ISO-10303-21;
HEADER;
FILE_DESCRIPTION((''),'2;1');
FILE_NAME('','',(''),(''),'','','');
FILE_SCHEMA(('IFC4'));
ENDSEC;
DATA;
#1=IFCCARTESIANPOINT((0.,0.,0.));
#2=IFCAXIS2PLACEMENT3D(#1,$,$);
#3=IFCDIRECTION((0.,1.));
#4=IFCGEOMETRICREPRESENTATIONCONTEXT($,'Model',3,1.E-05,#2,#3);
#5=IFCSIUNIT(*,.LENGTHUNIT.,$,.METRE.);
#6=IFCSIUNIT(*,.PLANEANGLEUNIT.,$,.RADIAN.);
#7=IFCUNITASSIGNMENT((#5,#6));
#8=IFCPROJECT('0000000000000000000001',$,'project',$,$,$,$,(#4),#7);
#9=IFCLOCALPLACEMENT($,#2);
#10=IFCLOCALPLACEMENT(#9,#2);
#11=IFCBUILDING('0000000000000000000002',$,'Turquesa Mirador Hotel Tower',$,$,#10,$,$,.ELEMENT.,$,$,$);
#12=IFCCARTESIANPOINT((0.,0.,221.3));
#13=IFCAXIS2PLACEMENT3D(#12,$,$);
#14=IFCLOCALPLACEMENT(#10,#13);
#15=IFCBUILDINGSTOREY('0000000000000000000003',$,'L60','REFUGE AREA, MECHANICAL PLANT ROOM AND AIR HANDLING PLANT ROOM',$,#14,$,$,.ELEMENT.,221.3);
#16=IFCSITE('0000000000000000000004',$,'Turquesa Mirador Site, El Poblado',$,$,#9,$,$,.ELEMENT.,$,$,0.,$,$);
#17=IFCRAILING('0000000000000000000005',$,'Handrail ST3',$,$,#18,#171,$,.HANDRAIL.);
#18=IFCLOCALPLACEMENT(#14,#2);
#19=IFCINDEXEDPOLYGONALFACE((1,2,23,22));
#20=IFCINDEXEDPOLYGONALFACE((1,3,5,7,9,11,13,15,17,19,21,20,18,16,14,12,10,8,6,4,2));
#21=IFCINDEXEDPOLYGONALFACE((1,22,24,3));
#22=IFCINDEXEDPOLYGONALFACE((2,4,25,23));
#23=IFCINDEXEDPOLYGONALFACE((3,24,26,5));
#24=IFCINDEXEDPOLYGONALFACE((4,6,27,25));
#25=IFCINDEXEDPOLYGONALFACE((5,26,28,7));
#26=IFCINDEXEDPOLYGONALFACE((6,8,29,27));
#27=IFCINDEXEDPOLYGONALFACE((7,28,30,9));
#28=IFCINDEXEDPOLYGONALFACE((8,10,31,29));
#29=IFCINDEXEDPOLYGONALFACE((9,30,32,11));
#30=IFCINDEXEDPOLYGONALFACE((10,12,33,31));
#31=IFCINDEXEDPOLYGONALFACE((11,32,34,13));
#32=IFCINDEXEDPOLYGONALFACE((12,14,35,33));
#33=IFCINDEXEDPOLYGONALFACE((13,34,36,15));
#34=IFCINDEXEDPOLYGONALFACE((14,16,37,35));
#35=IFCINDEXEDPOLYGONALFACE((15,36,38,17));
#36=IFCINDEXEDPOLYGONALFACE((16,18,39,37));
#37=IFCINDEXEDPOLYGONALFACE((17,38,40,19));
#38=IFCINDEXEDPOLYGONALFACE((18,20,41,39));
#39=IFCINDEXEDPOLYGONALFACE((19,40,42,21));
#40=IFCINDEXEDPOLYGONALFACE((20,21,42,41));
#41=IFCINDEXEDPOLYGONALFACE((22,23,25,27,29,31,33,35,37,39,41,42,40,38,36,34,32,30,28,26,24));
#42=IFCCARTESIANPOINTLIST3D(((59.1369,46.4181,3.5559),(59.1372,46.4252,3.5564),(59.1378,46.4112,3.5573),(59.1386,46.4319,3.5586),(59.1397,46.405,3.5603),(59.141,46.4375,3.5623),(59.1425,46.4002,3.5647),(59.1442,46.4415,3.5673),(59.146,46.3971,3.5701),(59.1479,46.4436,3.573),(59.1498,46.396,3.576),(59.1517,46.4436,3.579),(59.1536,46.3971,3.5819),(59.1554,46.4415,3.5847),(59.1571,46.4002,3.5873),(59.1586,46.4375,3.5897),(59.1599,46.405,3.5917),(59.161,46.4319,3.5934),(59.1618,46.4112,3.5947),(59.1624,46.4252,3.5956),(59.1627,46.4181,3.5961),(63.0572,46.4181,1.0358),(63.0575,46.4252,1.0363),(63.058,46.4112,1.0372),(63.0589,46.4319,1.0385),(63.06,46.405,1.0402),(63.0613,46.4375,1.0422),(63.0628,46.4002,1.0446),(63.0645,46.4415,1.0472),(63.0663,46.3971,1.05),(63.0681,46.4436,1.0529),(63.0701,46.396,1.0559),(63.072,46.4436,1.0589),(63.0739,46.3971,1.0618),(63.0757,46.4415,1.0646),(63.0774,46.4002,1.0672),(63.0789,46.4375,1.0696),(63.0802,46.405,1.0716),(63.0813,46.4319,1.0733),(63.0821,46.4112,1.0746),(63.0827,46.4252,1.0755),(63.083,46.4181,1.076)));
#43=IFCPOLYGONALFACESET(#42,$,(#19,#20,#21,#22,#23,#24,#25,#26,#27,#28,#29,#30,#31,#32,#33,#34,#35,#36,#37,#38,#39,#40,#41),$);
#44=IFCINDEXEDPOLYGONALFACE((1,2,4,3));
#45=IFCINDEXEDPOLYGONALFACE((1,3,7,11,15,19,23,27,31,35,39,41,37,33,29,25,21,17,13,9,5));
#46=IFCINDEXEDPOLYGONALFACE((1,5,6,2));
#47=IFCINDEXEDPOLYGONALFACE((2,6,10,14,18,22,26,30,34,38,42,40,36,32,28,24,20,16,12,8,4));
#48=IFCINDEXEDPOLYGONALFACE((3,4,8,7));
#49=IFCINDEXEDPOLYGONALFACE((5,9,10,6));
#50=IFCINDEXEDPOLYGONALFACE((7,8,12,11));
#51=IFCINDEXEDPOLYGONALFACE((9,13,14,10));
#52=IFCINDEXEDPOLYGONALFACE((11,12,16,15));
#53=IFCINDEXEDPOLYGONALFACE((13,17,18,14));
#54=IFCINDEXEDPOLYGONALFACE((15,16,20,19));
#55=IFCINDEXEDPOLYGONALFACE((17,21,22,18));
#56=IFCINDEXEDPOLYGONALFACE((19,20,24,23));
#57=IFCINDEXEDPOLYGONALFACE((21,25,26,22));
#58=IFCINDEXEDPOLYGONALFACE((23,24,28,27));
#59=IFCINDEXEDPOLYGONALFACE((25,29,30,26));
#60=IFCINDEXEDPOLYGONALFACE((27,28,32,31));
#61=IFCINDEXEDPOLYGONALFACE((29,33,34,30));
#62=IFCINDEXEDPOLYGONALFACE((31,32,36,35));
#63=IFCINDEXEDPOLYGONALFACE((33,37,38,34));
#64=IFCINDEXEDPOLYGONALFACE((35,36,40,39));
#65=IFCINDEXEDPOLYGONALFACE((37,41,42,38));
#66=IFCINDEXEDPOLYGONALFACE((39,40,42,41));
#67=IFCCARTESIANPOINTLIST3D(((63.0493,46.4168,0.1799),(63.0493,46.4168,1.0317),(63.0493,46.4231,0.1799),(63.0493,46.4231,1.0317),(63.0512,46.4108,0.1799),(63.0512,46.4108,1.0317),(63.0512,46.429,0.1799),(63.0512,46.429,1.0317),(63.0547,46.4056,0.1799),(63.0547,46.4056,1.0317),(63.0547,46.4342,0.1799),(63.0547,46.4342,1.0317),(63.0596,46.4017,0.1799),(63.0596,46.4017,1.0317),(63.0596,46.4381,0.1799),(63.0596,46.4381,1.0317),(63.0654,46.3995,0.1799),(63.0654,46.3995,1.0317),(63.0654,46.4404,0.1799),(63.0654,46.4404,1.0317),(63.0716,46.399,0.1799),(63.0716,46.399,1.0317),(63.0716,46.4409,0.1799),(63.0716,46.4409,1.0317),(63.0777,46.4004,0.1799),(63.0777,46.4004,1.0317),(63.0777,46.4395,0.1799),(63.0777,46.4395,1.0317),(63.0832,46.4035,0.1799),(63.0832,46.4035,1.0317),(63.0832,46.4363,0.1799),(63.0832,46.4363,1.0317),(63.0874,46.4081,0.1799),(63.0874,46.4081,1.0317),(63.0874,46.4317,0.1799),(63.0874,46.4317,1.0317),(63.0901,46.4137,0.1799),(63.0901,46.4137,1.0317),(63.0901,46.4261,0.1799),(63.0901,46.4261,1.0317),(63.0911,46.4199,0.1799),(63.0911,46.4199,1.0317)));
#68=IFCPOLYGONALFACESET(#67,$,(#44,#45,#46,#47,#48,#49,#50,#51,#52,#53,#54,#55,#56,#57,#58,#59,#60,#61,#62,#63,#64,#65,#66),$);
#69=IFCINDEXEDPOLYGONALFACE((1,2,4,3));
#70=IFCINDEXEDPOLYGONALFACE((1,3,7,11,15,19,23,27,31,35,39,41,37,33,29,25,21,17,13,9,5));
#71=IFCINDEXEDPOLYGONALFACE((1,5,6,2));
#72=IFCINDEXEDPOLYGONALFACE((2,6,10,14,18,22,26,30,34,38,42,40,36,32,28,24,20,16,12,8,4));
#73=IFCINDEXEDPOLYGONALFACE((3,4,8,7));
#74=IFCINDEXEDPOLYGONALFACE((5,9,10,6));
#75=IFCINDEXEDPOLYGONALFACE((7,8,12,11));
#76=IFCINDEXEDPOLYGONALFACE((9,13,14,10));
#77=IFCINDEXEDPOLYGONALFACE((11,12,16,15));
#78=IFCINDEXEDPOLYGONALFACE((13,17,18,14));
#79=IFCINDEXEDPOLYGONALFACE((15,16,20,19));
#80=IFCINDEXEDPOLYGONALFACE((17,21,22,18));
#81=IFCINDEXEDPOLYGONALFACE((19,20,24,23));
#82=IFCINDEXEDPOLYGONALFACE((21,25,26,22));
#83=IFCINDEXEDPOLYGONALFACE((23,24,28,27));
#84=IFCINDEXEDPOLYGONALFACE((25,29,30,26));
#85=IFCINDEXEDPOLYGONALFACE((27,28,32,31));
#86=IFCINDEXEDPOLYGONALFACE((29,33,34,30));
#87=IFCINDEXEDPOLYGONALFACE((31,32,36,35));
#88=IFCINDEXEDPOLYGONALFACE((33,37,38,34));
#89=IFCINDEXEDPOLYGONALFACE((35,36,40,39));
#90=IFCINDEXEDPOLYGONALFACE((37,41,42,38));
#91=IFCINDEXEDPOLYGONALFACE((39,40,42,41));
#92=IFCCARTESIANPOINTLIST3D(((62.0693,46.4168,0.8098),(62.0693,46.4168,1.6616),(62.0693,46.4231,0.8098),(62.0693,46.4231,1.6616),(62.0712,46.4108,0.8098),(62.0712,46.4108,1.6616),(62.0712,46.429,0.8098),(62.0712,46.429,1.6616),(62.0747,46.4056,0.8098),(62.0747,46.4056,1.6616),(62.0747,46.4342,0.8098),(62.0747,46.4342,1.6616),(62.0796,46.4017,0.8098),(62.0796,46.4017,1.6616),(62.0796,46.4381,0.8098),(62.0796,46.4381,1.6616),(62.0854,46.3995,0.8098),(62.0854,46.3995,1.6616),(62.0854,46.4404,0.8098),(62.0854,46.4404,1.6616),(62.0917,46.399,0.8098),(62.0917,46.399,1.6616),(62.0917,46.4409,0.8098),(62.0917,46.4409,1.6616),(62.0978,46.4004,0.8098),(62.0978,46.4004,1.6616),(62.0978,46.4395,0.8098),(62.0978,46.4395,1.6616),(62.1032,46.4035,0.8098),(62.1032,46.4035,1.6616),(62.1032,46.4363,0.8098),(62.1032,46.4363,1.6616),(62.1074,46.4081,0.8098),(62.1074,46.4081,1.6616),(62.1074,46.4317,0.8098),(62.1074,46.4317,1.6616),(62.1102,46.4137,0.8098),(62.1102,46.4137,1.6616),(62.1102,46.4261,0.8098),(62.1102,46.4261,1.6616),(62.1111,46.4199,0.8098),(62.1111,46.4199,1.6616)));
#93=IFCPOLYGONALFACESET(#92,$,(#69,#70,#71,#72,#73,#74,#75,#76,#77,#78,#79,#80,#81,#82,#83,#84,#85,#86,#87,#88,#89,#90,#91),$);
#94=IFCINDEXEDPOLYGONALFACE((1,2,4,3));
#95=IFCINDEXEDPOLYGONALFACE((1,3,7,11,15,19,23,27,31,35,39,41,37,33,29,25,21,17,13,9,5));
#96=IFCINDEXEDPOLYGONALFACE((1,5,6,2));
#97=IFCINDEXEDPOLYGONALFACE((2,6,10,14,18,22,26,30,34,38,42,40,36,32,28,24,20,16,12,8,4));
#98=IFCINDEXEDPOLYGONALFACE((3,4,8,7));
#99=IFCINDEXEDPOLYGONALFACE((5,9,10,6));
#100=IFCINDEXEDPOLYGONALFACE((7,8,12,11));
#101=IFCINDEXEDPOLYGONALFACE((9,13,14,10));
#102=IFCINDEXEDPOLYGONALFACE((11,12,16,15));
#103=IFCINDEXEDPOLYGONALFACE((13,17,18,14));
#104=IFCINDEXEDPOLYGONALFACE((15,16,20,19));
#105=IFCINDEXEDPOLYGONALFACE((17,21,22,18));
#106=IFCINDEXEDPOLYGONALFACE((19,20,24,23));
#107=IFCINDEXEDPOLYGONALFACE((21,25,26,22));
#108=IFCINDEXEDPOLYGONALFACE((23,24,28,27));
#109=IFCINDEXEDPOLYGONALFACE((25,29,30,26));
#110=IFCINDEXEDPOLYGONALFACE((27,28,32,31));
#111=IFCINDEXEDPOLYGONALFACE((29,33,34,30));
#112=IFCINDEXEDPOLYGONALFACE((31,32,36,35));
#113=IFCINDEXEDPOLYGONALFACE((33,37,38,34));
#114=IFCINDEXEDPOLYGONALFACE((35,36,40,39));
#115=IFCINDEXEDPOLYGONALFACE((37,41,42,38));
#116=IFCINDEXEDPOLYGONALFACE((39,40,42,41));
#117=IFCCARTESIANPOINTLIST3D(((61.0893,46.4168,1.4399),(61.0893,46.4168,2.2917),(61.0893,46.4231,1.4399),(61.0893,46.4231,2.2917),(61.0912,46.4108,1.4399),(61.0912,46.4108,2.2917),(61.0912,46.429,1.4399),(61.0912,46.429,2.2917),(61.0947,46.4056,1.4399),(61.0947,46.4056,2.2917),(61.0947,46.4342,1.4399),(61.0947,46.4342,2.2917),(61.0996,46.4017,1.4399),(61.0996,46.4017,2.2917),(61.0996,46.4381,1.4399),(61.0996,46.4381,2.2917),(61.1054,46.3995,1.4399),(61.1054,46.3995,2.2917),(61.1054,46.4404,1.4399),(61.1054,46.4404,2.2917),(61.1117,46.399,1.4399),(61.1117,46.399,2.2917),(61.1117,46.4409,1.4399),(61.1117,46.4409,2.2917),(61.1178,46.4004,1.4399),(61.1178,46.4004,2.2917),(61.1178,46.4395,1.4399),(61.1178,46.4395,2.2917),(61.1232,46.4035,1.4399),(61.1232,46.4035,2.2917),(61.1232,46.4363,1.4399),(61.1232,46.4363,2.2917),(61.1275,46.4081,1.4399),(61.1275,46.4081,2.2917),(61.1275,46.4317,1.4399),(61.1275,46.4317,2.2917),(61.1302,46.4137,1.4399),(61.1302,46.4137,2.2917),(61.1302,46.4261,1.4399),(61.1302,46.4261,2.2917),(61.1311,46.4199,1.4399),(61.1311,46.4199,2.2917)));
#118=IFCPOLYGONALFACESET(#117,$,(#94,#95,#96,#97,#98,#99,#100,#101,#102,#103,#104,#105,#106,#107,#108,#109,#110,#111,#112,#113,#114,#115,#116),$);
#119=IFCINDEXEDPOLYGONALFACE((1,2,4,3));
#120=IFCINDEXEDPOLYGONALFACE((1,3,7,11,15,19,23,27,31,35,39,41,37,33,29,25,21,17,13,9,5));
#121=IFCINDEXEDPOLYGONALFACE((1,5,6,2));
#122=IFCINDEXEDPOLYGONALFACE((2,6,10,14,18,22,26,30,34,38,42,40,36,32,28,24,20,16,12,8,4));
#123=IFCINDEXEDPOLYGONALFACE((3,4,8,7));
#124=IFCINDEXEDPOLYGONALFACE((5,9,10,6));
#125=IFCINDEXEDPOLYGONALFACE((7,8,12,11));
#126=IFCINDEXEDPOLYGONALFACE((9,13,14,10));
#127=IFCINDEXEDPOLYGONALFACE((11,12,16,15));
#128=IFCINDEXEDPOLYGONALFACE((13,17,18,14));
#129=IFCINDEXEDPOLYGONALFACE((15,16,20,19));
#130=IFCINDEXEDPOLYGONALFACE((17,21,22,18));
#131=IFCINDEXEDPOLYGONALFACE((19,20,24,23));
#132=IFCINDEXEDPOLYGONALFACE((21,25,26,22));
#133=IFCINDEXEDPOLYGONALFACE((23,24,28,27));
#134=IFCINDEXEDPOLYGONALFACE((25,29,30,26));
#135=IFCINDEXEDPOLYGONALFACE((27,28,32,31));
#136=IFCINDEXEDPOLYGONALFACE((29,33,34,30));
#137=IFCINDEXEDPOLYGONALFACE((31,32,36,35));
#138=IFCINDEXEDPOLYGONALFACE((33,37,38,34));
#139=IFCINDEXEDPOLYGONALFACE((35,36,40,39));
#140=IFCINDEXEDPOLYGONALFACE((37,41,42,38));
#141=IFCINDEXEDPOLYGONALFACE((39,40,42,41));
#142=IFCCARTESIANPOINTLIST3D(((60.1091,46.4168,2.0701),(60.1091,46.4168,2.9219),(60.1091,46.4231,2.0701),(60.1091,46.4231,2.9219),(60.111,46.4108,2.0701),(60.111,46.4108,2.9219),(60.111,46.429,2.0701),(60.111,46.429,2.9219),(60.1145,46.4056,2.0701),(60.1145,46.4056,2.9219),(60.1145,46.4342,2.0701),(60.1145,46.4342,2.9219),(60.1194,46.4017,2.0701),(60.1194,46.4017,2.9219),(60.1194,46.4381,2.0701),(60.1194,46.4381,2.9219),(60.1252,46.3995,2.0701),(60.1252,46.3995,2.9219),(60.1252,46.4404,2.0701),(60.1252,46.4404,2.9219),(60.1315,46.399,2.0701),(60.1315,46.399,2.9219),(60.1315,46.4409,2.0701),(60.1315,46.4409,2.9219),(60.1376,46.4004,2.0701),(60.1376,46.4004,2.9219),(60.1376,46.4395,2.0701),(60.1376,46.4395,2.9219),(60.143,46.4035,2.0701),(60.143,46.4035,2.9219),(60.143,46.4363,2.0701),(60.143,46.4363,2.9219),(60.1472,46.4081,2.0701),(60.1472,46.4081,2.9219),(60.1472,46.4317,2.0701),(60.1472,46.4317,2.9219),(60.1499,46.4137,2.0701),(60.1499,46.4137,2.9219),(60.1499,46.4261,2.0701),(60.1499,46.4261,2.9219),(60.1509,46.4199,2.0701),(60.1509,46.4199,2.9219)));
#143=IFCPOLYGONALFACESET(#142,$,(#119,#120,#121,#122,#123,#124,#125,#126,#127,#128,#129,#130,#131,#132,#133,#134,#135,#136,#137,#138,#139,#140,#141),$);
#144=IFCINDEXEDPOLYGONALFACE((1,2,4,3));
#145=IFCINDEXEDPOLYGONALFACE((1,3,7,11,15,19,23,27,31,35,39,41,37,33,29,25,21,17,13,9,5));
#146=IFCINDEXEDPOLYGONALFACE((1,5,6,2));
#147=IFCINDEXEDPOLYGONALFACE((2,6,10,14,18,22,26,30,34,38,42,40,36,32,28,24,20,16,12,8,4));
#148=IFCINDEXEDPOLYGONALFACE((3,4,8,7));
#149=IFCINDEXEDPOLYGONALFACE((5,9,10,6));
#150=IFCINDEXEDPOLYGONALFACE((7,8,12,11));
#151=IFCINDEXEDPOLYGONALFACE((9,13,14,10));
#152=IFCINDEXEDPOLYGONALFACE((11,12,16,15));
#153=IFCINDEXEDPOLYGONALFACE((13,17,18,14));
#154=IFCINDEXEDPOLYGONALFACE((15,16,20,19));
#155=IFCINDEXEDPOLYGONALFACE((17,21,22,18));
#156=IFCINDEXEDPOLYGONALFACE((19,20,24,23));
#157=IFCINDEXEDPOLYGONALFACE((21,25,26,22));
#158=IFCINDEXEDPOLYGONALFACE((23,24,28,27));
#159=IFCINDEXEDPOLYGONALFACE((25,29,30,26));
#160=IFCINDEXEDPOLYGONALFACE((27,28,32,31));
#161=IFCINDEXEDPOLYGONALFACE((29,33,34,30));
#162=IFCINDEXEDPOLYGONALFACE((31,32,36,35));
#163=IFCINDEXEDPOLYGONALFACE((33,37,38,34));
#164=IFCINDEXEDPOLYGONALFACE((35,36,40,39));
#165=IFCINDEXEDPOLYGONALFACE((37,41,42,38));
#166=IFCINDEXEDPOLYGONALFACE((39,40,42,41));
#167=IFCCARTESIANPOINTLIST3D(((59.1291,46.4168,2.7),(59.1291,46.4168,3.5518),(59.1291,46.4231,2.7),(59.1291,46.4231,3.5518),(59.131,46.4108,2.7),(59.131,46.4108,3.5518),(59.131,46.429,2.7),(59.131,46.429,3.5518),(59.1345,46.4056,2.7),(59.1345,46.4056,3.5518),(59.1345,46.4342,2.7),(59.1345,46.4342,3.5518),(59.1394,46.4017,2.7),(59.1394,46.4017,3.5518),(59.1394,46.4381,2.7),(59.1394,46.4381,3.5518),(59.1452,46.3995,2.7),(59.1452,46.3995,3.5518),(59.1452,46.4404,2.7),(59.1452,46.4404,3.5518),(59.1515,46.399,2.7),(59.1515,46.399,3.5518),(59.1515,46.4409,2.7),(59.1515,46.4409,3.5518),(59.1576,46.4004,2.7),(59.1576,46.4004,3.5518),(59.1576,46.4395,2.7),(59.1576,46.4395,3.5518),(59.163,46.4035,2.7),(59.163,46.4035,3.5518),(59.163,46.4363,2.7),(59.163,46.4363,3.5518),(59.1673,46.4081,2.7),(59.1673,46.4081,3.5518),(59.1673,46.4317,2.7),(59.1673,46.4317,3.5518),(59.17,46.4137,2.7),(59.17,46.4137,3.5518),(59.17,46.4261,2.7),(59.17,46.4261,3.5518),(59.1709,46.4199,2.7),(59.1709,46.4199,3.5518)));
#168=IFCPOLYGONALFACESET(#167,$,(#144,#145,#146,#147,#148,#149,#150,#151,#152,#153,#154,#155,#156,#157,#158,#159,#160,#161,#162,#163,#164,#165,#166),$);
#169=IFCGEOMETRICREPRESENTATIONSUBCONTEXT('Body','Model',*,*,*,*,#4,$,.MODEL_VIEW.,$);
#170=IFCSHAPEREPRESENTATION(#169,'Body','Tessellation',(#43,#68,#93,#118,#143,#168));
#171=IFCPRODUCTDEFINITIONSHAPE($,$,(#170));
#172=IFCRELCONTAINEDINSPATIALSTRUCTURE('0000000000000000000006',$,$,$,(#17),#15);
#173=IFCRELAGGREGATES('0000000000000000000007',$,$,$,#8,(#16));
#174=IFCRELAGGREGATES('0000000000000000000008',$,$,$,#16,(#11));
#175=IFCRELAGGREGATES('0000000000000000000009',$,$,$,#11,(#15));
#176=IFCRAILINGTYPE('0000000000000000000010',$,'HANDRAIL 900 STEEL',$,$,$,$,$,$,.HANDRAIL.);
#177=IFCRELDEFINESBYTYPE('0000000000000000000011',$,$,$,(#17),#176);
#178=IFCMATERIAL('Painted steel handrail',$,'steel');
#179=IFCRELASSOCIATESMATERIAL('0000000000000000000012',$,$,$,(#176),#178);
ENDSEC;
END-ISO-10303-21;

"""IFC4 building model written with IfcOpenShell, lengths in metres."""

from ifc_helpers import new_model, si_unit, direction, frame, origin, origin_2d, place, context, subcontext, project, spatial, circle, extrude, material, type_object, element, save


model = new_model("IFC4")

# Units and contexts
model_context = context("Model", 3, precision=1e-05, world=origin(), true_north=direction((0.0, 1.0)))
body_context = subcontext(model_context, "Body", "Model", "MODEL_VIEW")
ifc_project = project(units=[si_unit("LENGTHUNIT", "METRE"), si_unit("PLANEANGLEUNIT", "RADIAN")], contexts=[model_context])

# Site, building, storey
site_placement = place(None, origin())
site = spatial("IfcSite", under=ifc_project, at=site_placement, Name="Turquesa Mirador Site, El Poblado", CompositionType="ELEMENT", RefElevation=0.0)
building_placement = place(site_placement, origin())
building = spatial("IfcBuilding", under=site, at=building_placement, Name="Turquesa Mirador Hotel Tower", CompositionType="ELEMENT")
storey_placement = place(building_placement, frame((0.0, 0.0, 221.3)))
storey = spatial("IfcBuildingStorey", under=building, at=storey_placement, Name="L60", Description="REFUGE AREA, MECHANICAL PLANT ROOM AND AIR HANDLING PLANT ROOM", CompositionType="ELEMENT", Elevation=221.3)

# Railing
ifc_material_1 = material(Name="Painted steel handrail", Category="steel")
railing_type = type_object("IfcRailingType", Name="HANDRAIL 900 STEEL", PredefinedType="HANDRAIL", material=ifc_material_1)
for number, where, name in (
    (1, (63.0701, 46.4199, 0.1799), "Handrail ST3"),
):
    element("IfcRailing", number, at=place(storey_placement, frame(where)), inside=storey, type_object=railing_type, Name=name, PredefinedType="HANDRAIL", context=body_context, shape_type="SweptSolid", body=[
        extrude(circle(Radius=0.0239, at=origin_2d()), frame((0.0, 0.0, 0.876), z_axis=(-0.841187, 0.0, 0.540744), x_axis=(0.0, -1.0, 0.0)), (0.0, 0.0, 1.0), 4.6604),
        extrude(circle(Radius=0.021, at=origin_2d()), origin(), (0.0, 0.0, 1.0), 0.8518),
        extrude(circle(Radius=0.021, at=origin_2d()), frame((-0.98, 0.0, 0.6299)), (0.0, 0.0, 1.0), 0.8518),
        extrude(circle(Radius=0.021, at=origin_2d()), frame((-1.96, 0.0, 1.26)), (0.0, 0.0, 1.0), 0.8518),
        extrude(circle(Radius=0.021, at=origin_2d()), frame((-2.9402, 0.0, 1.8901)), (0.0, 0.0, 1.0), 0.8518),
        extrude(circle(Radius=0.021, at=origin_2d()), frame((-3.9202, 0.0, 2.52)), (0.0, 0.0, 1.0), 0.8518),
    ])

save(model, "model.ifc")
